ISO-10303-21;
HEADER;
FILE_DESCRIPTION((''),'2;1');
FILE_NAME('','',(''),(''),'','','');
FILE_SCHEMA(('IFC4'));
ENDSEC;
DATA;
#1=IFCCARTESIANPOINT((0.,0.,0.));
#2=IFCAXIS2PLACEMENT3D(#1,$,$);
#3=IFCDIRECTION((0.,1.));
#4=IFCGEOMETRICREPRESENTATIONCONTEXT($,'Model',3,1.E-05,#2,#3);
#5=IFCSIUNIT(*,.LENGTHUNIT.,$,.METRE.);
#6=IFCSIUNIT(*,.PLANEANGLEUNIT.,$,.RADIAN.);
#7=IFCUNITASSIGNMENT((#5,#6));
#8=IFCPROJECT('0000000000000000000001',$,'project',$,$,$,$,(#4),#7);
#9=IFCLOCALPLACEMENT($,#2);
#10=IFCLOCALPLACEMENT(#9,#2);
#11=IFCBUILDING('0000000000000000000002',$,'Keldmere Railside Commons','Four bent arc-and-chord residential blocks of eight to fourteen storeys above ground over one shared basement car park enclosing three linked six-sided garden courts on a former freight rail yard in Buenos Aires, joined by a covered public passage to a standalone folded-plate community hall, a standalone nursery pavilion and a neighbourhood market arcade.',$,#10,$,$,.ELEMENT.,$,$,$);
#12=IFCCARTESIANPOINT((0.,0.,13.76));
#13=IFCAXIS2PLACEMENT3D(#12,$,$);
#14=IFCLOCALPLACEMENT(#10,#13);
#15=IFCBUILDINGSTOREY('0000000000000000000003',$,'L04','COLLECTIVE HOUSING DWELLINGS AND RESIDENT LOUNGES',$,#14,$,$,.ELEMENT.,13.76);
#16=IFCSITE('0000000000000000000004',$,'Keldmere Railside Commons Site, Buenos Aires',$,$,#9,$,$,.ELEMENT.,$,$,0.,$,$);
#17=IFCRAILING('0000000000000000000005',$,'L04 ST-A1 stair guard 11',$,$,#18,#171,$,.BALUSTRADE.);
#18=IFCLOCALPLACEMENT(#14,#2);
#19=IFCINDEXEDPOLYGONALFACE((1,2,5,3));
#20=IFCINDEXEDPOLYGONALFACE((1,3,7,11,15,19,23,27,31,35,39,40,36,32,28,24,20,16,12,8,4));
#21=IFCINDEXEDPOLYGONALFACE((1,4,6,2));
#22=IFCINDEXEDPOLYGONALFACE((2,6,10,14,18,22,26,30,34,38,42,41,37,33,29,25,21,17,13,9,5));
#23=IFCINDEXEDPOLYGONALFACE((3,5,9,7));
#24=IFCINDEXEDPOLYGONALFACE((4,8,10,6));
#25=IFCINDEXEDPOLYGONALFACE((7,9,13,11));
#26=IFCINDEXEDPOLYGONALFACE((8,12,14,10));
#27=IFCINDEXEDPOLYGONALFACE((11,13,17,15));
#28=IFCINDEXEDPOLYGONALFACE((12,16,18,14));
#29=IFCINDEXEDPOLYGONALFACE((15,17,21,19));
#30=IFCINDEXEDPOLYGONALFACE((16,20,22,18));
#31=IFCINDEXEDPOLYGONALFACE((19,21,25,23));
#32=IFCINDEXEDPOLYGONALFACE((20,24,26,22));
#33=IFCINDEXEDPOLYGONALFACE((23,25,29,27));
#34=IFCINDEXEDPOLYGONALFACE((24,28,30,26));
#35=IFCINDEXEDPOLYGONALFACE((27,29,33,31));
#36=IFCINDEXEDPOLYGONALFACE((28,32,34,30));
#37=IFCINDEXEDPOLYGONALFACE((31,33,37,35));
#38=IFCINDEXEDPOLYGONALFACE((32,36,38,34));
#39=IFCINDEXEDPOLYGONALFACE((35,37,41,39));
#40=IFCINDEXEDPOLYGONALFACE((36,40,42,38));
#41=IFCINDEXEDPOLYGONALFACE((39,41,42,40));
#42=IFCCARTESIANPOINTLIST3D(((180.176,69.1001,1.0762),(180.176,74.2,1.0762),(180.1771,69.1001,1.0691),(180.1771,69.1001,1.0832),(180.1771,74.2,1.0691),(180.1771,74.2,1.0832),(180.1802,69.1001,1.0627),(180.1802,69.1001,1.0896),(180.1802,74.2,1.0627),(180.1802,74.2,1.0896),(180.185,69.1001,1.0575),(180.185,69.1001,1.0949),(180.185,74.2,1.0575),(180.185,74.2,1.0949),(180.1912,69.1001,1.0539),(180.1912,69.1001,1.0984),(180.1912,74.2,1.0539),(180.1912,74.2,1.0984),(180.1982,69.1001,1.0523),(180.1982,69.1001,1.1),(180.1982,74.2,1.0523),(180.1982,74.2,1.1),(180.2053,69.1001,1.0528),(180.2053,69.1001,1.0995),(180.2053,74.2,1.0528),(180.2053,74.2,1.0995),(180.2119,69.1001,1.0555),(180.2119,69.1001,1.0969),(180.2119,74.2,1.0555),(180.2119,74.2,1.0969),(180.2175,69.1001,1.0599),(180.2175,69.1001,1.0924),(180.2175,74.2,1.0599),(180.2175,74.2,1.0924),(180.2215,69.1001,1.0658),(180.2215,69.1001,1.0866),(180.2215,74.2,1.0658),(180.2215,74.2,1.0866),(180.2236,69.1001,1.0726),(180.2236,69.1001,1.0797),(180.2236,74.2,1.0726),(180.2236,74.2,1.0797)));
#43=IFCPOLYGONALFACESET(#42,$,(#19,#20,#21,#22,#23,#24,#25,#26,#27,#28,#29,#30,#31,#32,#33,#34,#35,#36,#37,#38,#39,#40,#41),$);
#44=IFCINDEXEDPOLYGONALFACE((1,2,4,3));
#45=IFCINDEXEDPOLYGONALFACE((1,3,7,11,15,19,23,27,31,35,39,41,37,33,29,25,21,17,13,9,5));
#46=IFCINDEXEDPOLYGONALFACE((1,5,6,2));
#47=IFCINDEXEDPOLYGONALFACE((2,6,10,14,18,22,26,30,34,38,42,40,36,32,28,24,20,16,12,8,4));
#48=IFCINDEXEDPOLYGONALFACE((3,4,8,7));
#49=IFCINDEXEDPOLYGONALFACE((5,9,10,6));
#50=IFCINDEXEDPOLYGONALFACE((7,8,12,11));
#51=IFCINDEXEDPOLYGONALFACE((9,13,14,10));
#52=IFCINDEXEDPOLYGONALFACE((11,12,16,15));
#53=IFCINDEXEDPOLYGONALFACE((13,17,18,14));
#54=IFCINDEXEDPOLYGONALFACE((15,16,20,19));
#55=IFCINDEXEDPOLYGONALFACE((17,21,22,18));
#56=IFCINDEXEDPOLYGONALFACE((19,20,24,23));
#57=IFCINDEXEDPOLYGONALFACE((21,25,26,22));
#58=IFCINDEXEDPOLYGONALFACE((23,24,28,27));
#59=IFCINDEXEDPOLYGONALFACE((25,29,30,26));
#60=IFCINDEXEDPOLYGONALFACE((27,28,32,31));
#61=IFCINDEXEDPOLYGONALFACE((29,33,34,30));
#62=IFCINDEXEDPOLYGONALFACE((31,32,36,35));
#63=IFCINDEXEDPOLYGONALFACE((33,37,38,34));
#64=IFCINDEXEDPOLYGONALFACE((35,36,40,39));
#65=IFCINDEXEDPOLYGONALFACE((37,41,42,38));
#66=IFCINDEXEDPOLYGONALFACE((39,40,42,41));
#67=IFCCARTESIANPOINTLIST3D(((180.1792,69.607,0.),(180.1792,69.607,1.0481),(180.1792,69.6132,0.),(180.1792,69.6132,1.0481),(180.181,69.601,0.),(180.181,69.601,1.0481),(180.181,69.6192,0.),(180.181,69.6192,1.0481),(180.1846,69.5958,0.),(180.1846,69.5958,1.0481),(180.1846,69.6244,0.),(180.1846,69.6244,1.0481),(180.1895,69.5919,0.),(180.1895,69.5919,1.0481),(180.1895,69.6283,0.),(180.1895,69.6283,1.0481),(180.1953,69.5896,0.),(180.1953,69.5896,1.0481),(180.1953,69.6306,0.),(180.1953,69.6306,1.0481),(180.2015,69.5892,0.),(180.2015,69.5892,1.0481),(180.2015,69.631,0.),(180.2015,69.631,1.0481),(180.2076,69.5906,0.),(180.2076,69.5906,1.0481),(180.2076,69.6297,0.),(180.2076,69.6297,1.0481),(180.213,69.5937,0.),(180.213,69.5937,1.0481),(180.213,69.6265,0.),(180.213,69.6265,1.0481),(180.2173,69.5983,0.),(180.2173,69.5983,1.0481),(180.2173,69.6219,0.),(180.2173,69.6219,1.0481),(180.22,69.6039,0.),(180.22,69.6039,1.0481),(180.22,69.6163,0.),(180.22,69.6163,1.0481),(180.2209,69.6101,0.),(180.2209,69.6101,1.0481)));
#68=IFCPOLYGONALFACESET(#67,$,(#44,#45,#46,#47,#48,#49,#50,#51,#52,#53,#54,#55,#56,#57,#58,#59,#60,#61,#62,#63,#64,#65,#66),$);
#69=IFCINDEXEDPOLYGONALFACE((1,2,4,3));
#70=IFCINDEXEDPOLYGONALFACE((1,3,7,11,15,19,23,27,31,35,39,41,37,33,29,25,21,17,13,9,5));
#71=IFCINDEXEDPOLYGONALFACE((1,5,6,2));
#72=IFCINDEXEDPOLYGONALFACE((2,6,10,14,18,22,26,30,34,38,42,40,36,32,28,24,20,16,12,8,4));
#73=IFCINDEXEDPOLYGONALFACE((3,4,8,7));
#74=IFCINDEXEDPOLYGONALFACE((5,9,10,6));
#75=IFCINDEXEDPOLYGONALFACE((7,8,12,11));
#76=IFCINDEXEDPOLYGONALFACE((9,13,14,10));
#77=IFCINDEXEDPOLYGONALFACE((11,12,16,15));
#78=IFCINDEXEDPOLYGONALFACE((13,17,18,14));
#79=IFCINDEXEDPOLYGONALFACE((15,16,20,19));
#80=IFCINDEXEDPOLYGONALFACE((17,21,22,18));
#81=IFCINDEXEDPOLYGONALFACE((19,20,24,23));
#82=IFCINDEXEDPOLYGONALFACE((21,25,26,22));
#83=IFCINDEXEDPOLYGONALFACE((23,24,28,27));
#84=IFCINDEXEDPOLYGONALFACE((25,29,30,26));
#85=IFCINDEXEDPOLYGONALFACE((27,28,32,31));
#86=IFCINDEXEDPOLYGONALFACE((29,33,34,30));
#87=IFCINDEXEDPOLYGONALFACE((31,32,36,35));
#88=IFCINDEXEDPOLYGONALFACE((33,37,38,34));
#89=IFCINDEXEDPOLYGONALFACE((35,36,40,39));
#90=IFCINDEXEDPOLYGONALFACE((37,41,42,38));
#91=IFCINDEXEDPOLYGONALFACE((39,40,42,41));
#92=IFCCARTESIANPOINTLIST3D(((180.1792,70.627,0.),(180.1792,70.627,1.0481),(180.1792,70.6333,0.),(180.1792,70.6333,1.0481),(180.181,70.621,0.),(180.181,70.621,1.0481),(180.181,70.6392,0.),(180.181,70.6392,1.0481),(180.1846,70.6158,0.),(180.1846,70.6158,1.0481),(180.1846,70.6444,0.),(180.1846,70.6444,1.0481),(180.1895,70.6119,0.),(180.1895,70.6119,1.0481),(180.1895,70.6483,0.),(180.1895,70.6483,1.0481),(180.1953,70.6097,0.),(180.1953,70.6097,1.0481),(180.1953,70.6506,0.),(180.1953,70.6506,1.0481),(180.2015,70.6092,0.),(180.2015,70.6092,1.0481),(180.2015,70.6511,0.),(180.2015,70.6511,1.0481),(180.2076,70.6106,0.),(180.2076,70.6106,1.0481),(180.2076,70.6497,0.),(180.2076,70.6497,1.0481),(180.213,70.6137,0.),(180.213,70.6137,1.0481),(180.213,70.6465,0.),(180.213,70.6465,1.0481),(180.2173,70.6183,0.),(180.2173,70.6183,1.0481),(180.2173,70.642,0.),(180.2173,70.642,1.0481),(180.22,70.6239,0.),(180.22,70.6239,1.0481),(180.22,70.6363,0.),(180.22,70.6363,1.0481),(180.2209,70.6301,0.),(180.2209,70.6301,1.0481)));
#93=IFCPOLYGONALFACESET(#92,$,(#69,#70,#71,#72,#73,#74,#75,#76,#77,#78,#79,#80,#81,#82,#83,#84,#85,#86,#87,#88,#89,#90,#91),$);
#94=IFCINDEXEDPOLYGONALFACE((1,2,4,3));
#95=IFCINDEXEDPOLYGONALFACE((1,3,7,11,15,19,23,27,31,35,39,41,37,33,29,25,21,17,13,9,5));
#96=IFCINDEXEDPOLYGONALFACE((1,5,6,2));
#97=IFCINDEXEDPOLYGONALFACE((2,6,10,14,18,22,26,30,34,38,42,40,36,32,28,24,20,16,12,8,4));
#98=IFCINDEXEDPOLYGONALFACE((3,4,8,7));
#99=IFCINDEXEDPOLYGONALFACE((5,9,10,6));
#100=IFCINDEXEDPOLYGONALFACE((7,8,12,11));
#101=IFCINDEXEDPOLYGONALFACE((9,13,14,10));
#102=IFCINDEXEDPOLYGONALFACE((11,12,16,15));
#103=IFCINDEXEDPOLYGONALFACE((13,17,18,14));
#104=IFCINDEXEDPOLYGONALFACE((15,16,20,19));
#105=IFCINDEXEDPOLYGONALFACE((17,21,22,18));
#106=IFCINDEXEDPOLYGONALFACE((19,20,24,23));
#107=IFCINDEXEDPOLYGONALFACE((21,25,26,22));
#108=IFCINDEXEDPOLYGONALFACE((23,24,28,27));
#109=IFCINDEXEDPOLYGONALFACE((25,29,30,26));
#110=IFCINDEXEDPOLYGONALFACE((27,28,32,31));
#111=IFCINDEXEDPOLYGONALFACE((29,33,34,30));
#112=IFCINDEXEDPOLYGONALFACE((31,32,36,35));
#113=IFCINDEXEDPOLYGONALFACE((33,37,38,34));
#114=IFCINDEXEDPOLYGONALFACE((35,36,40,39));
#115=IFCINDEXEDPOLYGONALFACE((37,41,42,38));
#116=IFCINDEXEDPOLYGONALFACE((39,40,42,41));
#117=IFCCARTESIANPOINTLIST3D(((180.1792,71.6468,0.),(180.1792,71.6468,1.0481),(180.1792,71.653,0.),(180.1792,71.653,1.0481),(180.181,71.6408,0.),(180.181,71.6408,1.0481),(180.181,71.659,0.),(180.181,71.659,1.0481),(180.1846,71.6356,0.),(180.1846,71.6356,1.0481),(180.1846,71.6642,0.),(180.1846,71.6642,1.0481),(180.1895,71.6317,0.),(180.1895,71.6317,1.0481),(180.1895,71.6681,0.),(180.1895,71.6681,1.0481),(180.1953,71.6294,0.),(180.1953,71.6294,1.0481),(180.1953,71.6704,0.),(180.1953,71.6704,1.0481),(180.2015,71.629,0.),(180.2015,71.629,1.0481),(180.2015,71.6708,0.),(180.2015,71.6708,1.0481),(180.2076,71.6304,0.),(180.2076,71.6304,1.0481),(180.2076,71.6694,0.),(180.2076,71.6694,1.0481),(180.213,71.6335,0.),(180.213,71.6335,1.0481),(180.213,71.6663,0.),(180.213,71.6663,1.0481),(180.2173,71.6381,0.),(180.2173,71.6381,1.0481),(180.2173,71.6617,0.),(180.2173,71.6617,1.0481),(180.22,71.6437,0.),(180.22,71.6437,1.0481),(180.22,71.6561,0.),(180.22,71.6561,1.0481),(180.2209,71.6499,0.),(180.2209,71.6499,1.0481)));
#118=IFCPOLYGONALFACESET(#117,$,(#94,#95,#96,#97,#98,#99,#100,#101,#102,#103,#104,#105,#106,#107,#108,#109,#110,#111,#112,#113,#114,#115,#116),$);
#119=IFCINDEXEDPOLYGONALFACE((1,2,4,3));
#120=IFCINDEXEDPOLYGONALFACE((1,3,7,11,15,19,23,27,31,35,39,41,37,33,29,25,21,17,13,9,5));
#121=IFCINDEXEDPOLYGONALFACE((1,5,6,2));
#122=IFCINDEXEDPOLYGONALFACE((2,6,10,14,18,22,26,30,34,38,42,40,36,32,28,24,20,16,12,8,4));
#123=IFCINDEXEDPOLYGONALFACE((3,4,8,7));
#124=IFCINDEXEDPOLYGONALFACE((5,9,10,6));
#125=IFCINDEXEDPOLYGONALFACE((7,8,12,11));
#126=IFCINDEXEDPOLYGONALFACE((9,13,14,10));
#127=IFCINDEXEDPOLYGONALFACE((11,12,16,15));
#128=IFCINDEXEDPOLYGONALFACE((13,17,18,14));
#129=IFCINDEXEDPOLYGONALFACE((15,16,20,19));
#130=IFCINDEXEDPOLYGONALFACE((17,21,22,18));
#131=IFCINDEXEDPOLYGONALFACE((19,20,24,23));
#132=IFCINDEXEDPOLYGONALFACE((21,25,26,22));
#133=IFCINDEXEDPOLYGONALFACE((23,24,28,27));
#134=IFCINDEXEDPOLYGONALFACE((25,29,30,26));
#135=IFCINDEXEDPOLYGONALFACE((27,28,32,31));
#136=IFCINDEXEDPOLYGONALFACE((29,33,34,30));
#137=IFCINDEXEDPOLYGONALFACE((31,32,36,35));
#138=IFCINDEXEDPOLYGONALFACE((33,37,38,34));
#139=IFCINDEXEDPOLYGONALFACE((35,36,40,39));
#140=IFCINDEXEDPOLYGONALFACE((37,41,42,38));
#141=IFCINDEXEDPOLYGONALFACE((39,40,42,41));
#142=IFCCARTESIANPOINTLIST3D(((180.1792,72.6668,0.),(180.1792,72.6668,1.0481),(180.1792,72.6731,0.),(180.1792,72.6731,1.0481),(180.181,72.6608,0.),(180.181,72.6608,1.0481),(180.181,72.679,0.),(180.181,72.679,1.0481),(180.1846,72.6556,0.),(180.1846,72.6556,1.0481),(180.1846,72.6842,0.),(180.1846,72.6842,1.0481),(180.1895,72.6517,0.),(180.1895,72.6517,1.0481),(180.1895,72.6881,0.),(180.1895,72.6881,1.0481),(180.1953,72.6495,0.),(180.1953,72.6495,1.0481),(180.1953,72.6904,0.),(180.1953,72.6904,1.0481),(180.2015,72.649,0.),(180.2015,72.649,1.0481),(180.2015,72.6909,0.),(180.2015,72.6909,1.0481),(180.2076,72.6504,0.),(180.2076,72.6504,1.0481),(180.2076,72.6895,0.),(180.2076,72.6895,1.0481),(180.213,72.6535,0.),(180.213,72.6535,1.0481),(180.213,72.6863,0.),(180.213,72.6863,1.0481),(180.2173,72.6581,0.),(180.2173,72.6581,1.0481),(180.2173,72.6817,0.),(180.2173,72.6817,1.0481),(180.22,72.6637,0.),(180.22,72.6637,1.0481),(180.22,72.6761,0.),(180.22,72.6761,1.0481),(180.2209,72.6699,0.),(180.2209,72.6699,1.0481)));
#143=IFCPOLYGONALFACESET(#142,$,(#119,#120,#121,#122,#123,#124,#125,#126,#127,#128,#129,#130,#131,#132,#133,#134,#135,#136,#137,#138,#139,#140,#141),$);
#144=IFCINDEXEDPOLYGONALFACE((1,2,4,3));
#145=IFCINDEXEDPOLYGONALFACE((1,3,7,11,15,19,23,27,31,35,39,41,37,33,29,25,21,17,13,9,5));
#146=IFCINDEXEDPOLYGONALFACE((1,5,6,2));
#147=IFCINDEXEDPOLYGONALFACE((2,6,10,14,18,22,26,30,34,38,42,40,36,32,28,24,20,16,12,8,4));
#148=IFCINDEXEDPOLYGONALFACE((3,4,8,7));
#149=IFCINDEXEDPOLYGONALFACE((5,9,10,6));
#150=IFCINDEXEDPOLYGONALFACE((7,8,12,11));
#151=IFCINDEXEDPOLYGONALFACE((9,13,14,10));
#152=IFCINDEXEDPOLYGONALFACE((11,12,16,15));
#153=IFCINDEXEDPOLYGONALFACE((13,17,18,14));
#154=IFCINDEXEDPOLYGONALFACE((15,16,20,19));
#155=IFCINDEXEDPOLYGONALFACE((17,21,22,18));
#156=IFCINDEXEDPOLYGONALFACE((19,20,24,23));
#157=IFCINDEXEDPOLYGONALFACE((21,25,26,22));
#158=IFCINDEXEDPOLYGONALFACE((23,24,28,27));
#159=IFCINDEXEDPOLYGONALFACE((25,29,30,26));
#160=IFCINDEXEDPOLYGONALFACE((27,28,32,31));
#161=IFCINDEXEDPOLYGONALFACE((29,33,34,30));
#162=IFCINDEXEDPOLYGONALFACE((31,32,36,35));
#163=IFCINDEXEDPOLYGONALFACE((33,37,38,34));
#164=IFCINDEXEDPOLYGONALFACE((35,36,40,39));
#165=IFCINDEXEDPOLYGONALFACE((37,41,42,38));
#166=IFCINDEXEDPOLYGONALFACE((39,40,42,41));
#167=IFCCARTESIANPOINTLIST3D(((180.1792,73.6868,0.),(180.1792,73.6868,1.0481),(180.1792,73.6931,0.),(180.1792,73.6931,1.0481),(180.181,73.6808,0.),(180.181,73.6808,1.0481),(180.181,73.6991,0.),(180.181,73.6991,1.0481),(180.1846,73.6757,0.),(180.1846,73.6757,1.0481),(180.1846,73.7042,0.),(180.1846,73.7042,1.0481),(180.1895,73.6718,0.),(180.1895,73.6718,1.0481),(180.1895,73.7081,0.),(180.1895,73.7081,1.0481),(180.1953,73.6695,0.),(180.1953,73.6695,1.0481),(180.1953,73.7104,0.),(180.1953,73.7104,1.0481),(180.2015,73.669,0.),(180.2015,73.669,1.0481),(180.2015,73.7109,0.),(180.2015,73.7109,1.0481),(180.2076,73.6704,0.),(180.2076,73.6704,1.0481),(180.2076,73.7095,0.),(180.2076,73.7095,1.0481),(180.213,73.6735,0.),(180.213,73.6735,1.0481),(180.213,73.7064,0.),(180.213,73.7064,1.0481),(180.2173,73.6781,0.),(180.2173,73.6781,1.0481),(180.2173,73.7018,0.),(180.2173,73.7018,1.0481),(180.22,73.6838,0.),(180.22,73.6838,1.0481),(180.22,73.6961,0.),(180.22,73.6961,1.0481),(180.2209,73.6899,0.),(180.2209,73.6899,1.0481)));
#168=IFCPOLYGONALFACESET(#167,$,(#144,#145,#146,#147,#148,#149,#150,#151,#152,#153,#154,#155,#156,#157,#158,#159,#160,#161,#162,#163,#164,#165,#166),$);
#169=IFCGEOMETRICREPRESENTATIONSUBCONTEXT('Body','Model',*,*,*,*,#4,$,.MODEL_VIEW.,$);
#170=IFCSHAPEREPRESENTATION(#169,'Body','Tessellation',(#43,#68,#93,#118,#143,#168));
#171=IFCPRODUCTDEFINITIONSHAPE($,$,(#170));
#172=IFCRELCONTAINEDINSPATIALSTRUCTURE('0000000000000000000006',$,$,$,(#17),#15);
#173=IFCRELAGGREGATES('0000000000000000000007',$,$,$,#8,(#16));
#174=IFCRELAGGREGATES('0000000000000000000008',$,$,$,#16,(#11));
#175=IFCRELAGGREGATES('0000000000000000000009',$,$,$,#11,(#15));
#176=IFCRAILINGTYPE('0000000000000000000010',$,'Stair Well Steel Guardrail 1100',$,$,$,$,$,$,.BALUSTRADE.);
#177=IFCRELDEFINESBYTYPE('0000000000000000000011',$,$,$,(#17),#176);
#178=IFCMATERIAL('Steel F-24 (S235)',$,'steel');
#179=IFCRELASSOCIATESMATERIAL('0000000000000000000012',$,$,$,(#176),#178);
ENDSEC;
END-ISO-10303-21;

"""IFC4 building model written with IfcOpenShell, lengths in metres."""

from ifc_helpers import new_model, si_unit, direction, frame, origin, origin_2d, place, context, subcontext, project, spatial, circle, extrude, material, type_object, element, save


model = new_model("IFC4")

# Units and contexts
model_context = context("Model", 3, precision=1e-05, world=origin(), true_north=direction((0.0, 1.0)))
body_context = subcontext(model_context, "Body", "Model", "MODEL_VIEW")
ifc_project = project(units=[si_unit("LENGTHUNIT", "METRE"), si_unit("PLANEANGLEUNIT", "RADIAN")], contexts=[model_context])

# Site, building, storey
site_placement = place(None, origin())
site = spatial("IfcSite", under=ifc_project, at=site_placement, Name="Keldmere Railside Commons Site, Buenos Aires", CompositionType="ELEMENT", RefElevation=0.0)
building_placement = place(site_placement, origin())
building = spatial("IfcBuilding", under=site, at=building_placement, Name="Keldmere Railside Commons", Description="Four bent arc-and-chord residential blocks of eight to fourteen storeys above ground over one shared basement car park enclosing three linked six-sided garden courts on a former freight rail yard in Buenos Aires, joined by a covered public passage to a standalone folded-plate community hall, a standalone nursery pavilion and a neighbourhood market arcade.", CompositionType="ELEMENT")
storey_placement = place(building_placement, frame((0.0, 0.0, 13.76)))
storey = spatial("IfcBuildingStorey", under=building, at=storey_placement, Name="L04", Description="COLLECTIVE HOUSING DWELLINGS AND RESIDENT LOUNGES", CompositionType="ELEMENT", Elevation=13.76)

# Shared definitions
ifc_material_1 = material(Name="Steel F-24 (S235)", Category="steel")

# Railing
railing_type_1 = type_object("IfcRailingType", Name="Stair Well Steel Guardrail 1100", PredefinedType="BALUSTRADE", material=ifc_material_1)
railing_1_placement = place(storey_placement, frame((180.2, 69.1001, 0.0)))
element("IfcRailing", 1, at=railing_1_placement, inside=storey, type_object=railing_type_1, Name="L04 ST-A1 stair guard 11", PredefinedType="BALUSTRADE", context=body_context, shape_type="SweptSolid", body=[
    extrude(circle(Radius=0.0239, at=origin_2d()), frame((0.0, 0.0, 1.0762), z_axis=(0.0, 1.0, 0.0), x_axis=(-1.0, 0.0, 0.0)), (0.0, 0.0, 1.0), 5.0999),
    extrude(circle(Radius=0.021, at=origin_2d()), frame((0.0, 0.51, 0.0)), (0.0, 0.0, 1.0), 1.0481),
    extrude(circle(Radius=0.021, at=origin_2d()), frame((0.0, 1.53, 0.0)), (0.0, 0.0, 1.0), 1.0481),
    extrude(circle(Radius=0.021, at=origin_2d()), frame((0.0, 2.5498, 0.0)), (0.0, 0.0, 1.0), 1.0481),
    extrude(circle(Radius=0.021, at=origin_2d()), frame((0.0, 3.5698, 0.0)), (0.0, 0.0, 1.0), 1.0481),
    extrude(circle(Radius=0.021, at=origin_2d()), frame((0.0, 4.5898, 0.0)), (0.0, 0.0, 1.0), 1.0481),
])

save(model, "model.ifc")
